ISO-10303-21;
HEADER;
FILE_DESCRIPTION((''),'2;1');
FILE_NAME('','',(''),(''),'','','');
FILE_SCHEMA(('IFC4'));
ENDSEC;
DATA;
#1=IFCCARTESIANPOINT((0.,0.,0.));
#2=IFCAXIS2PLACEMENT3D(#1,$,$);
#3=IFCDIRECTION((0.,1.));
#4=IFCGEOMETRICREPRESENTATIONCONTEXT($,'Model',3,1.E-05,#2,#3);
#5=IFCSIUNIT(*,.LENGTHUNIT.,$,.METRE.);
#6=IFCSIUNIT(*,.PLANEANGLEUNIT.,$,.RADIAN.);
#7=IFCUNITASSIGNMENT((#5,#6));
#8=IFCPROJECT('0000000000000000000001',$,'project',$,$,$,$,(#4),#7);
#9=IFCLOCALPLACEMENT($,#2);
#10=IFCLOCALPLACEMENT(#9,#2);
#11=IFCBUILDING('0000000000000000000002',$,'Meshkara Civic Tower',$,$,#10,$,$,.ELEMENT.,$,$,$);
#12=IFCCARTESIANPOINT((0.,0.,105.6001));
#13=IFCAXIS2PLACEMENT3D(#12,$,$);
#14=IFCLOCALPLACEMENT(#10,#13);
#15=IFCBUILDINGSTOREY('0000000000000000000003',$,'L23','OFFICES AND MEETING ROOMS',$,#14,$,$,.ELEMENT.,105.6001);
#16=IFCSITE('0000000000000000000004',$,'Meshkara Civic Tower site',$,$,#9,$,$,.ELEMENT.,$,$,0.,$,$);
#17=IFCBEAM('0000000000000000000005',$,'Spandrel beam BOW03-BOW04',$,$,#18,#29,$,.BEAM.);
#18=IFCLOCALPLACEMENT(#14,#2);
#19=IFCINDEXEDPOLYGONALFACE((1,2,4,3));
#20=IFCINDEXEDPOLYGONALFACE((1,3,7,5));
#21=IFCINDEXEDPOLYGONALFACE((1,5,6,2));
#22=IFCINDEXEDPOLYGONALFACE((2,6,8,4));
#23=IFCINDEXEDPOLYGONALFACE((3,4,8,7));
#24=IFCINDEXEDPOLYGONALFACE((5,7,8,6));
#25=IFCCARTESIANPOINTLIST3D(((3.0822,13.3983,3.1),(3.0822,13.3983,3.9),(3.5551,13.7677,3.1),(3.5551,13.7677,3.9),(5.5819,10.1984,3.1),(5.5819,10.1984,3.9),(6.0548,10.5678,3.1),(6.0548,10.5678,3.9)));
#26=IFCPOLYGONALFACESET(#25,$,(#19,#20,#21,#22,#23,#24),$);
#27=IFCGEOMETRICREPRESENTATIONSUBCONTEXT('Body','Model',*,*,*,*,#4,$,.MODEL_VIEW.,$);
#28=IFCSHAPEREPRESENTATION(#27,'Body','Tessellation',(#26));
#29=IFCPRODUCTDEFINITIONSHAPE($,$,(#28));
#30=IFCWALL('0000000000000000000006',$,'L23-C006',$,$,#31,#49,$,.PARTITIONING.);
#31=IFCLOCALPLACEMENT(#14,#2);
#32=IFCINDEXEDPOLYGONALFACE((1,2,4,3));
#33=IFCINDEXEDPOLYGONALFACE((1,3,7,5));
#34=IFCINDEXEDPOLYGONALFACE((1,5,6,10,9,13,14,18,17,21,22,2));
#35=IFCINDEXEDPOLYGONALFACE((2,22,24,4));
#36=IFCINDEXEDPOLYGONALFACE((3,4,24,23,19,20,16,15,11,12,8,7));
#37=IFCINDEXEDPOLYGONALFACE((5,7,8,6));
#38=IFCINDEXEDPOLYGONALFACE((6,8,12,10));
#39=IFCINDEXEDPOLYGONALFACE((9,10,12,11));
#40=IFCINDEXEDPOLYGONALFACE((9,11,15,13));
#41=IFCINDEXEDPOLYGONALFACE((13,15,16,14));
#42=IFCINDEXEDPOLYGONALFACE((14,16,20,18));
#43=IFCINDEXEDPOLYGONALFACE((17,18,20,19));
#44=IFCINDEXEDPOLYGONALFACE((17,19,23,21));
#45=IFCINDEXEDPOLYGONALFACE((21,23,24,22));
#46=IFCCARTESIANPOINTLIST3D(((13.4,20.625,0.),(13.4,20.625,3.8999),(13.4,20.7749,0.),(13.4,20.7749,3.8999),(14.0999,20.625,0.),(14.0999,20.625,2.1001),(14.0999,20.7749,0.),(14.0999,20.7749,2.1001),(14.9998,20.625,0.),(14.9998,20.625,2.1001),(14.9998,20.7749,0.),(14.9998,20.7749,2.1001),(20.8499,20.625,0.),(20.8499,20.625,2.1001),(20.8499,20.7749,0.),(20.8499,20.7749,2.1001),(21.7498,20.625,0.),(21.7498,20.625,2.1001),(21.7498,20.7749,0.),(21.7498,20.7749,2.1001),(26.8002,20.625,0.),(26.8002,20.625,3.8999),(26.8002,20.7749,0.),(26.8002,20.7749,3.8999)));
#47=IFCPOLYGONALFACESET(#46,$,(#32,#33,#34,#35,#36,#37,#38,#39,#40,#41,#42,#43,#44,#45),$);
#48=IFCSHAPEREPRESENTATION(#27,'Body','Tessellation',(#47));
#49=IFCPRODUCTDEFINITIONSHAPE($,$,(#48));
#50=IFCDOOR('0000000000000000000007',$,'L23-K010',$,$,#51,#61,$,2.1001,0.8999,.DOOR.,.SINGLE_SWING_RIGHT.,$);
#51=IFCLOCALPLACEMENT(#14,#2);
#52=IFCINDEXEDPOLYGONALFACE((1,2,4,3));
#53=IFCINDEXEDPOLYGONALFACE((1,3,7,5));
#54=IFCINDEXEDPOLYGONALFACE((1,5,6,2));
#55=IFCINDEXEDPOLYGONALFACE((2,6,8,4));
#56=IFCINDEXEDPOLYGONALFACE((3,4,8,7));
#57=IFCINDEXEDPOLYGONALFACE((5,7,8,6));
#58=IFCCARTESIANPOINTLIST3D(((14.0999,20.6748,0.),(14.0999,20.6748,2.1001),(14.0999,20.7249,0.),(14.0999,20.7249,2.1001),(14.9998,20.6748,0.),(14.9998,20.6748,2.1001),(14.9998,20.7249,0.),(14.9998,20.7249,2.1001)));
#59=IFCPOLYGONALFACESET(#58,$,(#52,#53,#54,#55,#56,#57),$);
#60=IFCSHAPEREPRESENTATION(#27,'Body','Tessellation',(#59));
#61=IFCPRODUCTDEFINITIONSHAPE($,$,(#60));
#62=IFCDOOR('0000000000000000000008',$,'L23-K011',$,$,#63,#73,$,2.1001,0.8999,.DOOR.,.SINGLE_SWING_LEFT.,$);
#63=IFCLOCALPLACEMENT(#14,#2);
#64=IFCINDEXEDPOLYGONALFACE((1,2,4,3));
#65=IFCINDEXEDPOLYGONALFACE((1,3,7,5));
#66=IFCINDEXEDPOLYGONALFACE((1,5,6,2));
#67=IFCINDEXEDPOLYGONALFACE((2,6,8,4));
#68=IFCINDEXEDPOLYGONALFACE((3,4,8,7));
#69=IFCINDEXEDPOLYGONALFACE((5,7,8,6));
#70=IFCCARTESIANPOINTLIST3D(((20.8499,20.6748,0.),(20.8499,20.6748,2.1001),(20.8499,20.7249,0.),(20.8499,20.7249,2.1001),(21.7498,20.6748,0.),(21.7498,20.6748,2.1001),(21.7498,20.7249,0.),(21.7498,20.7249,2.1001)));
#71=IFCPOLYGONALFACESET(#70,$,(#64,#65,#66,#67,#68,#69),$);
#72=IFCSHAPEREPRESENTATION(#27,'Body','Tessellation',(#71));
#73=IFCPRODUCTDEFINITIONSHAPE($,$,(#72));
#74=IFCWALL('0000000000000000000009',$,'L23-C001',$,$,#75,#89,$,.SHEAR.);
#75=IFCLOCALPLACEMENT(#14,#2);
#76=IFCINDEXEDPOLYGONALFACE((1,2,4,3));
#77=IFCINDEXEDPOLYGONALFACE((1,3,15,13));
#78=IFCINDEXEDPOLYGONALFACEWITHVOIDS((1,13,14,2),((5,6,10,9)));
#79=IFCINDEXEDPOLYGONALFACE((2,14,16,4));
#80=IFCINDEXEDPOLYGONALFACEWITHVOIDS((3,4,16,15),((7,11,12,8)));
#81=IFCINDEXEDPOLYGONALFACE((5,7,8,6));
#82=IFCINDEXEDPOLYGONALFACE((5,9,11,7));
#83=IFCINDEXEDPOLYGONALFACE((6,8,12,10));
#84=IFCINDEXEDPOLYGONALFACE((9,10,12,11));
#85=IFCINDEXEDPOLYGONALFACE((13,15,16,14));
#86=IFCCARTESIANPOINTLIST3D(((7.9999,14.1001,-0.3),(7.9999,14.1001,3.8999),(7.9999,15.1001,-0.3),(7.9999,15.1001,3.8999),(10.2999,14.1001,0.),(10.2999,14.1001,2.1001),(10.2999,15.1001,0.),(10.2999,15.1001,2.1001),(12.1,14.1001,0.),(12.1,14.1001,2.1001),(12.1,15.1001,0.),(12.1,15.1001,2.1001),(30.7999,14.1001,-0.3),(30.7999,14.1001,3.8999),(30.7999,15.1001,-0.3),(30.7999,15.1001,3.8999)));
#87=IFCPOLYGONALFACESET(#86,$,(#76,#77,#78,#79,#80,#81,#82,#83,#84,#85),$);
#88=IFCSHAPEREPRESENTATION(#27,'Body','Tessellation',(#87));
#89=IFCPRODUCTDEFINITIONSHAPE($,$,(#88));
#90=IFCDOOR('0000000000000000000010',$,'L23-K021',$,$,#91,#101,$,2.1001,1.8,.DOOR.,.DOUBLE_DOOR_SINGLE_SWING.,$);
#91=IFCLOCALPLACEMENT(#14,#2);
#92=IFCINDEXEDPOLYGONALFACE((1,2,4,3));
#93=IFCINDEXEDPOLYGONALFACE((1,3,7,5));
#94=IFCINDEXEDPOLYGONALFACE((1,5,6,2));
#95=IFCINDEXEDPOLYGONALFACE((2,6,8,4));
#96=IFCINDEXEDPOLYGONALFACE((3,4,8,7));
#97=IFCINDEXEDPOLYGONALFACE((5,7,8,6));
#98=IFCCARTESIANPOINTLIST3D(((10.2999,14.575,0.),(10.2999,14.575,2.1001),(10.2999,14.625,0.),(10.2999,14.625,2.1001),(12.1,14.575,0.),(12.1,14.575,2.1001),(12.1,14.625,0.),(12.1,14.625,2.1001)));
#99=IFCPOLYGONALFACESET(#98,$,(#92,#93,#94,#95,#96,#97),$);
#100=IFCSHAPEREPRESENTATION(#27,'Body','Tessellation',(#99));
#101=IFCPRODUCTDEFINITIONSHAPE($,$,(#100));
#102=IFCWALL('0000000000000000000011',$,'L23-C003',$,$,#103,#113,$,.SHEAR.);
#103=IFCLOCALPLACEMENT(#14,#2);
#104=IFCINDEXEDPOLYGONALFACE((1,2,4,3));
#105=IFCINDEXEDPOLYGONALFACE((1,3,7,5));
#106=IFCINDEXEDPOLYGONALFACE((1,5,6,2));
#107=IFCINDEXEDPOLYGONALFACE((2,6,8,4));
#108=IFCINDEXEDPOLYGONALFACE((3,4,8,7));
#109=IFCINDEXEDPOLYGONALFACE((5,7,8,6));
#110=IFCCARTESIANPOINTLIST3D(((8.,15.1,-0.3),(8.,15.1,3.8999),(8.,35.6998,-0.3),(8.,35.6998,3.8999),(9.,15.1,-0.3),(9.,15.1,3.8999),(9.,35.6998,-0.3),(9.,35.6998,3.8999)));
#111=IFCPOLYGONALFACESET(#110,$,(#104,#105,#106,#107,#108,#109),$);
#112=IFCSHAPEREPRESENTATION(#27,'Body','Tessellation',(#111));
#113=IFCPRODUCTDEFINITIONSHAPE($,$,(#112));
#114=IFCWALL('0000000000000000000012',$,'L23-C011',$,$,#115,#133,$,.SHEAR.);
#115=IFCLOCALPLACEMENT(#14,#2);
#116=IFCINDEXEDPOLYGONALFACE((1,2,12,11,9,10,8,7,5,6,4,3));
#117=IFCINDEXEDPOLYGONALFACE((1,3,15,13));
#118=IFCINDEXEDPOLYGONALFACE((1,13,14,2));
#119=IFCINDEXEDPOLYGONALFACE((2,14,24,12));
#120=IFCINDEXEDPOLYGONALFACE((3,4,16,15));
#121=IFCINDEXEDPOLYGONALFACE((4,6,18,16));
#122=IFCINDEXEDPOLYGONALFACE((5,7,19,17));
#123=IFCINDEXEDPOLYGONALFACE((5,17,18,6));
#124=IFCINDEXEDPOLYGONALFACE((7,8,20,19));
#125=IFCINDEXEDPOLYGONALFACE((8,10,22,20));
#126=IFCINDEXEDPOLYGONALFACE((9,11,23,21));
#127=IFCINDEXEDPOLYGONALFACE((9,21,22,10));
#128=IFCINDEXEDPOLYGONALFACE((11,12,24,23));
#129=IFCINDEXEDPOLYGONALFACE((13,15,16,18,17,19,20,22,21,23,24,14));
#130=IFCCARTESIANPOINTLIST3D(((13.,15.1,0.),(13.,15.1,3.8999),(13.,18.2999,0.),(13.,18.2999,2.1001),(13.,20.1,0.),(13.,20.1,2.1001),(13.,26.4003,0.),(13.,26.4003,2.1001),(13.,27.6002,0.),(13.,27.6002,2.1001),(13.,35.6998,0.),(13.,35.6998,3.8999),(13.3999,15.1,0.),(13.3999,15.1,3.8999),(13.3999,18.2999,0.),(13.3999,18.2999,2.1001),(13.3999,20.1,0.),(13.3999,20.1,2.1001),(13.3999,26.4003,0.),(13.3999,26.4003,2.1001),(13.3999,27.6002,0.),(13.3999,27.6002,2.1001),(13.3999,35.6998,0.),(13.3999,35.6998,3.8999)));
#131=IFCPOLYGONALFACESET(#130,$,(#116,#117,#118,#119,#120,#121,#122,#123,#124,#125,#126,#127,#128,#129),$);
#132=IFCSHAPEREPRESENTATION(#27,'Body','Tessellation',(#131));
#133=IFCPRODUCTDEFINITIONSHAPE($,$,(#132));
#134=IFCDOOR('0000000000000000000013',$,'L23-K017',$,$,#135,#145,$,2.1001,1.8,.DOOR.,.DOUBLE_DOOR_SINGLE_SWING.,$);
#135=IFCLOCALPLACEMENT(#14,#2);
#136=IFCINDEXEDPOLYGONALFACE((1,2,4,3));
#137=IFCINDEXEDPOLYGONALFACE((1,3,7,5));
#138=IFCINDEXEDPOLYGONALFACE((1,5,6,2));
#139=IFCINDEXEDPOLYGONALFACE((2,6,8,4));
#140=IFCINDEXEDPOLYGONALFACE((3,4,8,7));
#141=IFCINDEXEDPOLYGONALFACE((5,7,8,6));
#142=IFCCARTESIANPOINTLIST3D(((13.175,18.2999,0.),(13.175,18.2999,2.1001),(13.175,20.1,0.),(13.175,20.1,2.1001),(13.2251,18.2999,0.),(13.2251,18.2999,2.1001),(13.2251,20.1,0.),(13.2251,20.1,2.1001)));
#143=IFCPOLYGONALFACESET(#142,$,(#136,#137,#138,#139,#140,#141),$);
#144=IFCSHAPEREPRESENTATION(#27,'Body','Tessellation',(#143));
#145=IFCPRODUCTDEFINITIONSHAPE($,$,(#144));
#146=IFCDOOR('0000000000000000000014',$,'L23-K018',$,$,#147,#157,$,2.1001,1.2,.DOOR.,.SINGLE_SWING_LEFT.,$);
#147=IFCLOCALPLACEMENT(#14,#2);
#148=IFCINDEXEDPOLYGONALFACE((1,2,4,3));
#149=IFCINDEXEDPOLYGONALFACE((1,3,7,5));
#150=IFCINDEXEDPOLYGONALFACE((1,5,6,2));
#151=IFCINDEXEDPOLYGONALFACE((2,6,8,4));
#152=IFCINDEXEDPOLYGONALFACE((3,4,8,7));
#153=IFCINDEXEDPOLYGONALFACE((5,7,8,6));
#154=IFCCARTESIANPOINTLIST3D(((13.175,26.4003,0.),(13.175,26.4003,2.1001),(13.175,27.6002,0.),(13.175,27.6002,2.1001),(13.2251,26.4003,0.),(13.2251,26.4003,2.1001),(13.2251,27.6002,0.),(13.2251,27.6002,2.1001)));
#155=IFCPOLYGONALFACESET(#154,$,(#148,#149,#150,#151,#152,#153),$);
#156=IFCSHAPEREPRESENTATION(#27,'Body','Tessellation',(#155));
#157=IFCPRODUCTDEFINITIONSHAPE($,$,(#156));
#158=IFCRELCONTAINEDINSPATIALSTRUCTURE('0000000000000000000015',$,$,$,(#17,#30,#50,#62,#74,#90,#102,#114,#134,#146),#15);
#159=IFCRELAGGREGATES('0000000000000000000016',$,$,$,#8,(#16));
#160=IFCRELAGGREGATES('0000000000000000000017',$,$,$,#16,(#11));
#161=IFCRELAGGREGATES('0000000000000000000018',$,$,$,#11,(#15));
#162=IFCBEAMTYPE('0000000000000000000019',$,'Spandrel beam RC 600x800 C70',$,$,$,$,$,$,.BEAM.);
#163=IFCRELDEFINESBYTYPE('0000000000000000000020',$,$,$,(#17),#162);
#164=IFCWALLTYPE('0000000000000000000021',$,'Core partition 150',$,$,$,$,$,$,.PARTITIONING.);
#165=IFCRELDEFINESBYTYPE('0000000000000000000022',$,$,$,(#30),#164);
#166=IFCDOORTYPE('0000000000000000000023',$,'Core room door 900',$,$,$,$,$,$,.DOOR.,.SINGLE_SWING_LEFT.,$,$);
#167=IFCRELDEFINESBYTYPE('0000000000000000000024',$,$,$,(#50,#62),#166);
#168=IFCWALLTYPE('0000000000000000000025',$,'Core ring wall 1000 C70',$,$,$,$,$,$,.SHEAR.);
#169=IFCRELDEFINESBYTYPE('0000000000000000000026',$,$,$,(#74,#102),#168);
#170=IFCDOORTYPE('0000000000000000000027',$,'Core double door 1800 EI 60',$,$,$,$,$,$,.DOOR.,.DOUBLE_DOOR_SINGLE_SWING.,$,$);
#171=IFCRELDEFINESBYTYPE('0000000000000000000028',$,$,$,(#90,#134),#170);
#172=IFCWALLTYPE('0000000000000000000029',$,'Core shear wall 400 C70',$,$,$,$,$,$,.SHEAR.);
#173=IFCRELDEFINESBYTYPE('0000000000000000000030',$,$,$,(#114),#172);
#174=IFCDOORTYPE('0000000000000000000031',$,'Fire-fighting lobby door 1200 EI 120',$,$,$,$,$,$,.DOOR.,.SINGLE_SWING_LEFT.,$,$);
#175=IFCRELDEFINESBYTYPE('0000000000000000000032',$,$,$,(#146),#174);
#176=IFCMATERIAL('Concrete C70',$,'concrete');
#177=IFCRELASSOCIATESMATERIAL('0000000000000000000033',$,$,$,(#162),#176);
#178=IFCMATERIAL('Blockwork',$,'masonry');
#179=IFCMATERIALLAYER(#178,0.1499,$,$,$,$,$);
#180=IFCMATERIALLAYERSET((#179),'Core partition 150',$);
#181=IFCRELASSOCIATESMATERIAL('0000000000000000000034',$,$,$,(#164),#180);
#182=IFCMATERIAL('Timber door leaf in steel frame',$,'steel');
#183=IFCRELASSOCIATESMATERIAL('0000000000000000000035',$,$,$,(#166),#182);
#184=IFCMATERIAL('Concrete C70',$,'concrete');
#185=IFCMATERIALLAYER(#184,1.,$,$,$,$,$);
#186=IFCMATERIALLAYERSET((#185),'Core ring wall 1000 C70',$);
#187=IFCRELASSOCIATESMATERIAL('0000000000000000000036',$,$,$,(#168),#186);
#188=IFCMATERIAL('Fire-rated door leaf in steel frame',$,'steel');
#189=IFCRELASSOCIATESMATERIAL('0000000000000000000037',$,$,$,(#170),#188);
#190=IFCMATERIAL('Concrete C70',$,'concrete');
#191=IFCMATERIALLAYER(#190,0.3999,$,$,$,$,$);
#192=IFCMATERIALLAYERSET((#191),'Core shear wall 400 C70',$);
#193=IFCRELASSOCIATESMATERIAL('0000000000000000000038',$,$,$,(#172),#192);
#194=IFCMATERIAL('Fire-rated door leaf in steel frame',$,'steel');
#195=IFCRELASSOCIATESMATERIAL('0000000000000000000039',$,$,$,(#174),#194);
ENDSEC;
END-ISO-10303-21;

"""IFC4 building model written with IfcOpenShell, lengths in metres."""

from ifc_helpers import new_model, si_unit, direction, frame, frame_2d, origin, origin_2d, place, context, subcontext, project, spatial, rectangle, extrude, material, layer, layer_set, material_profile, profile_set, type_object, element, fill, save


model = new_model("IFC4")

# Units and contexts
model_context = context("Model", 3, precision=1e-05, world=origin(), true_north=direction((0.0, 1.0)))
body_context = subcontext(model_context, "Body", "Model", "MODEL_VIEW")
ifc_project = project(units=[si_unit("LENGTHUNIT", "METRE"), si_unit("PLANEANGLEUNIT", "RADIAN")], contexts=[model_context])

# Site, building, storey
site_placement = place(None, origin())
site = spatial("IfcSite", under=ifc_project, at=site_placement, Name="Meshkara Civic Tower site", CompositionType="ELEMENT", RefElevation=0.0)
building_placement = place(site_placement, origin())
building = spatial("IfcBuilding", under=site, at=building_placement, Name="Meshkara Civic Tower", CompositionType="ELEMENT")
storey_placement = place(building_placement, frame((0.0, 0.0, 105.6001)))
storey = spatial("IfcBuildingStorey", under=building, at=storey_placement, Name="L23", Description="OFFICES AND MEETING ROOMS", CompositionType="ELEMENT", Elevation=105.6001)

# Beam
ifc_material_1 = material(Name="Concrete C70", Category="concrete")
ifc_material_profile = material_profile(ifc_material_1, rectangle(XDim=0.6001, YDim=0.8, at=origin_2d()))
ifc_profile_set = profile_set([ifc_material_profile], Name="Concrete C70")
beam_type = type_object("IfcBeamType", Name="Spandrel beam RC 600x800 C70", PredefinedType="BEAM", material=ifc_profile_set)
beam_placement = place(storey_placement, frame((3.3186, 13.583, 3.5), z_axis=(0.615613, -0.788049, 0.0), x_axis=(0.788049, 0.615613, 0.0)))
element("IfcBeam", 1, at=beam_placement, inside=storey, type_object=beam_type, Name="Spandrel beam BOW03-BOW04", PredefinedType="BEAM", context=body_context, shape_type="SweptSolid", body=[
    extrude(rectangle(XDim=0.6001, YDim=0.8, at=origin_2d()), origin(), (0.0, 0.0, 1.0), 4.0605),
])

# Wall, openings, doors
ifc_material_2 = material(Name="Blockwork", Category="masonry")
ifc_layer_1 = layer(ifc_material_2, 0.1499)
ifc_layer_set_1 = layer_set([ifc_layer_1], Name="Core partition 150")
wall_type_1 = type_object("IfcWallType", Name="Core partition 150", PredefinedType="PARTITIONING", material=ifc_layer_set_1)
wall_1_placement = place(storey_placement, frame((13.3999, 20.7, 0.0), z_axis=(0.0, 0.0, 1.0), x_axis=(1.0, 0.0, 0.0)))
wall_1 = element("IfcWall", 2, at=wall_1_placement, inside=storey, type_object=wall_type_1, Name="L23-C006", PredefinedType="PARTITIONING", context=body_context, shape_type="SweptSolid", body=[
    extrude(rectangle(XDim=13.4001, YDim=0.1499, at=frame_2d((6.7002, 0.0))), origin(), (0.0, 0.0, 1.0), 3.8999),
])
opening_1_placement = place(wall_1_placement, frame((0.7, 0.0, 0.0)))
opening_1 = element("IfcOpeningElement", 3, at=opening_1_placement, cuts=wall_1, PredefinedType="OPENING", context=body_context, shape_type="SweptSolid", body=[
    extrude(rectangle(XDim=0.8999, YDim=2.1001, at=frame_2d((0.45, 1.05))), frame((0.0, 0.085, 0.0), z_axis=(0.0, -1.0, 0.0), x_axis=(1.0, 0.0, 0.0)), (0.0, 0.0, 1.0), 0.1699),
])
opening_2_placement = place(wall_1_placement, frame((7.45, 0.0, 0.0)))
opening_2 = element("IfcOpeningElement", 4, at=opening_2_placement, cuts=wall_1, PredefinedType="OPENING", context=body_context, shape_type="SweptSolid", body=[
    extrude(rectangle(XDim=0.8999, YDim=2.1001, at=frame_2d((0.45, 1.05))), frame((0.0, 0.085, 0.0), z_axis=(0.0, -1.0, 0.0), x_axis=(1.0, 0.0, 0.0)), (0.0, 0.0, 1.0), 0.1699),
])
ifc_material_3 = material(Name="Timber door leaf in steel frame", Category="steel")
door_type_1 = type_object("IfcDoorType", Name="Core room door 900", OperationType="SINGLE_SWING_LEFT", PredefinedType="DOOR", material=ifc_material_3)
door_1_placement = place(opening_1_placement, origin())
door_1 = element("IfcDoor", 5, at=door_1_placement, inside=storey, type_object=door_type_1, Name="L23-K010", OperationType="SINGLE_SWING_RIGHT", OverallHeight=2.1001, OverallWidth=0.8999, PredefinedType="DOOR", context=body_context, shape_type="SweptSolid", body=[
    extrude(rectangle(XDim=0.8999, YDim=2.1001, at=frame_2d((0.45, 1.05))), frame((0.0, 0.0249, 0.0), z_axis=(0.0, -1.0, 0.0), x_axis=(1.0, 0.0, 0.0)), (0.0, 0.0, 1.0), 0.05),
])
fill(opening_1, door_1)
door_2_placement = place(opening_2_placement, origin())
door_2 = element("IfcDoor", 6, at=door_2_placement, inside=storey, type_object=door_type_1, Name="L23-K011", OperationType="SINGLE_SWING_LEFT", OverallHeight=2.1001, OverallWidth=0.8999, PredefinedType="DOOR", context=body_context, shape_type="SweptSolid", body=[
    extrude(rectangle(XDim=0.8999, YDim=2.1001, at=frame_2d((0.45, 1.05))), frame((0.0, 0.0249, 0.0), z_axis=(0.0, -1.0, 0.0), x_axis=(1.0, 0.0, 0.0)), (0.0, 0.0, 1.0), 0.05),
])
fill(opening_2, door_2)

# Wall, opening, door
ifc_material_4 = material(Name="Concrete C70", Category="concrete")
ifc_layer_2 = layer(ifc_material_4, 1.0)
ifc_layer_set_2 = layer_set([ifc_layer_2], Name="Core ring wall 1000 C70")
wall_type_2 = type_object("IfcWallType", Name="Core ring wall 1000 C70", PredefinedType="SHEAR", material=ifc_layer_set_2)
wall_2_placement = place(storey_placement, frame((8.0, 14.6001, -0.3), z_axis=(0.0, 0.0, 1.0), x_axis=(1.0, 0.0, 0.0)))
wall_2 = element("IfcWall", 7, at=wall_2_placement, inside=storey, type_object=wall_type_2, Name="L23-C001", PredefinedType="SHEAR", context=body_context, shape_type="SweptSolid", body=[
    extrude(rectangle(XDim=22.8, YDim=1.0, at=frame_2d((11.3999, 0.0))), origin(), (0.0, 0.0, 1.0), 4.2),
])
opening_3_placement = place(wall_2_placement, frame((2.3, 0.0, 0.3)))
opening_3 = element("IfcOpeningElement", 8, at=opening_3_placement, cuts=wall_2, PredefinedType="OPENING", context=body_context, shape_type="SweptSolid", body=[
    extrude(rectangle(XDim=1.8, YDim=2.1001, at=frame_2d((0.8999, 1.05))), frame((0.0, 0.51, 0.0), z_axis=(0.0, -1.0, 0.0), x_axis=(1.0, 0.0, 0.0)), (0.0, 0.0, 1.0), 1.02),
])
ifc_material_5 = material(Name="Fire-rated door leaf in steel frame", Category="steel")
door_type_2 = type_object("IfcDoorType", Name="Core double door 1800 EI 60", OperationType="DOUBLE_DOOR_SINGLE_SWING", PredefinedType="DOOR", material=ifc_material_5)
door_3_placement = place(opening_3_placement, origin())
door_3 = element("IfcDoor", 9, at=door_3_placement, inside=storey, type_object=door_type_2, Name="L23-K021", OperationType="DOUBLE_DOOR_SINGLE_SWING", OverallHeight=2.1001, OverallWidth=1.8, PredefinedType="DOOR", context=body_context, shape_type="SweptSolid", body=[
    extrude(rectangle(XDim=1.8, YDim=2.1001, at=frame_2d((0.8999, 1.05))), frame((0.0, 0.0249, 0.0), z_axis=(0.0, -1.0, 0.0), x_axis=(1.0, 0.0, 0.0)), (0.0, 0.0, 1.0), 0.05),
])
fill(opening_3, door_3)

# Wall
wall_3_placement = place(storey_placement, frame((8.5, 15.1001, -0.3), z_axis=(0.0, 0.0, 1.0), x_axis=(0.0, 1.0, 0.0)))
element("IfcWall", 10, at=wall_3_placement, inside=storey, type_object=wall_type_2, Name="L23-C003", PredefinedType="SHEAR", context=body_context, shape_type="SweptSolid", body=[
    extrude(rectangle(XDim=20.5999, YDim=1.0, at=frame_2d((10.2998, 0.0))), origin(), (0.0, 0.0, 1.0), 4.2),
])

# Wall, openings, doors
ifc_material_6 = material(Name="Concrete C70", Category="concrete")
ifc_layer_3 = layer(ifc_material_6, 0.3999)
ifc_layer_set_3 = layer_set([ifc_layer_3], Name="Core shear wall 400 C70")
wall_type_3 = type_object("IfcWallType", Name="Core shear wall 400 C70", PredefinedType="SHEAR", material=ifc_layer_set_3)
wall_4_placement = place(storey_placement, frame((13.2, 15.1001, 0.0), z_axis=(0.0, 0.0, 1.0), x_axis=(0.0, 1.0, 0.0)))
wall_4 = element("IfcWall", 11, at=wall_4_placement, inside=storey, type_object=wall_type_3, Name="L23-C011", PredefinedType="SHEAR", context=body_context, shape_type="SweptSolid", body=[
    extrude(rectangle(XDim=20.5999, YDim=0.3999, at=frame_2d((10.2998, 0.0))), origin(), (0.0, 0.0, 1.0), 3.8999),
])
opening_4_placement = place(wall_4_placement, frame((3.2, 0.0, 0.0)))
opening_4 = element("IfcOpeningElement", 12, at=opening_4_placement, cuts=wall_4, PredefinedType="OPENING", context=body_context, shape_type="SweptSolid", body=[
    extrude(rectangle(XDim=1.8, YDim=2.1001, at=frame_2d((0.8999, 1.05))), frame((0.0, 0.21, 0.0), z_axis=(0.0, -1.0, 0.0), x_axis=(1.0, 0.0, 0.0)), (0.0, 0.0, 1.0), 0.4199),
])
opening_5_placement = place(wall_4_placement, frame((11.3, 0.0, 0.0)))
opening_5 = element("IfcOpeningElement", 13, at=opening_5_placement, cuts=wall_4, PredefinedType="OPENING", context=body_context, shape_type="SweptSolid", body=[
    extrude(rectangle(XDim=1.2, YDim=2.1001, at=frame_2d((0.6001, 1.05))), frame((0.0, 0.21, 0.0), z_axis=(0.0, -1.0, 0.0), x_axis=(1.0, 0.0, 0.0)), (0.0, 0.0, 1.0), 0.4199),
])
door_4_placement = place(opening_4_placement, origin())
door_4 = element("IfcDoor", 14, at=door_4_placement, inside=storey, type_object=door_type_2, Name="L23-K017", OperationType="DOUBLE_DOOR_SINGLE_SWING", OverallHeight=2.1001, OverallWidth=1.8, PredefinedType="DOOR", context=body_context, shape_type="SweptSolid", body=[
    extrude(rectangle(XDim=1.8, YDim=2.1001, at=frame_2d((0.8999, 1.05))), frame((0.0, 0.0249, 0.0), z_axis=(0.0, -1.0, 0.0), x_axis=(1.0, 0.0, 0.0)), (0.0, 0.0, 1.0), 0.05),
])
fill(opening_4, door_4)
ifc_material_7 = material(Name="Fire-rated door leaf in steel frame", Category="steel")
door_type_3 = type_object("IfcDoorType", Name="Fire-fighting lobby door 1200 EI 120", OperationType="SINGLE_SWING_LEFT", PredefinedType="DOOR", material=ifc_material_7)
door_5_placement = place(opening_5_placement, origin())
door_5 = element("IfcDoor", 15, at=door_5_placement, inside=storey, type_object=door_type_3, Name="L23-K018", OperationType="SINGLE_SWING_LEFT", OverallHeight=2.1001, OverallWidth=1.2, PredefinedType="DOOR", context=body_context, shape_type="SweptSolid", body=[
    extrude(rectangle(XDim=1.2, YDim=2.1001, at=frame_2d((0.6001, 1.05))), frame((0.0, 0.0249, 0.0), z_axis=(0.0, -1.0, 0.0), x_axis=(1.0, 0.0, 0.0)), (0.0, 0.0, 1.0), 0.05),
])
fill(opening_5, door_5)

save(model, "model.ifc")
